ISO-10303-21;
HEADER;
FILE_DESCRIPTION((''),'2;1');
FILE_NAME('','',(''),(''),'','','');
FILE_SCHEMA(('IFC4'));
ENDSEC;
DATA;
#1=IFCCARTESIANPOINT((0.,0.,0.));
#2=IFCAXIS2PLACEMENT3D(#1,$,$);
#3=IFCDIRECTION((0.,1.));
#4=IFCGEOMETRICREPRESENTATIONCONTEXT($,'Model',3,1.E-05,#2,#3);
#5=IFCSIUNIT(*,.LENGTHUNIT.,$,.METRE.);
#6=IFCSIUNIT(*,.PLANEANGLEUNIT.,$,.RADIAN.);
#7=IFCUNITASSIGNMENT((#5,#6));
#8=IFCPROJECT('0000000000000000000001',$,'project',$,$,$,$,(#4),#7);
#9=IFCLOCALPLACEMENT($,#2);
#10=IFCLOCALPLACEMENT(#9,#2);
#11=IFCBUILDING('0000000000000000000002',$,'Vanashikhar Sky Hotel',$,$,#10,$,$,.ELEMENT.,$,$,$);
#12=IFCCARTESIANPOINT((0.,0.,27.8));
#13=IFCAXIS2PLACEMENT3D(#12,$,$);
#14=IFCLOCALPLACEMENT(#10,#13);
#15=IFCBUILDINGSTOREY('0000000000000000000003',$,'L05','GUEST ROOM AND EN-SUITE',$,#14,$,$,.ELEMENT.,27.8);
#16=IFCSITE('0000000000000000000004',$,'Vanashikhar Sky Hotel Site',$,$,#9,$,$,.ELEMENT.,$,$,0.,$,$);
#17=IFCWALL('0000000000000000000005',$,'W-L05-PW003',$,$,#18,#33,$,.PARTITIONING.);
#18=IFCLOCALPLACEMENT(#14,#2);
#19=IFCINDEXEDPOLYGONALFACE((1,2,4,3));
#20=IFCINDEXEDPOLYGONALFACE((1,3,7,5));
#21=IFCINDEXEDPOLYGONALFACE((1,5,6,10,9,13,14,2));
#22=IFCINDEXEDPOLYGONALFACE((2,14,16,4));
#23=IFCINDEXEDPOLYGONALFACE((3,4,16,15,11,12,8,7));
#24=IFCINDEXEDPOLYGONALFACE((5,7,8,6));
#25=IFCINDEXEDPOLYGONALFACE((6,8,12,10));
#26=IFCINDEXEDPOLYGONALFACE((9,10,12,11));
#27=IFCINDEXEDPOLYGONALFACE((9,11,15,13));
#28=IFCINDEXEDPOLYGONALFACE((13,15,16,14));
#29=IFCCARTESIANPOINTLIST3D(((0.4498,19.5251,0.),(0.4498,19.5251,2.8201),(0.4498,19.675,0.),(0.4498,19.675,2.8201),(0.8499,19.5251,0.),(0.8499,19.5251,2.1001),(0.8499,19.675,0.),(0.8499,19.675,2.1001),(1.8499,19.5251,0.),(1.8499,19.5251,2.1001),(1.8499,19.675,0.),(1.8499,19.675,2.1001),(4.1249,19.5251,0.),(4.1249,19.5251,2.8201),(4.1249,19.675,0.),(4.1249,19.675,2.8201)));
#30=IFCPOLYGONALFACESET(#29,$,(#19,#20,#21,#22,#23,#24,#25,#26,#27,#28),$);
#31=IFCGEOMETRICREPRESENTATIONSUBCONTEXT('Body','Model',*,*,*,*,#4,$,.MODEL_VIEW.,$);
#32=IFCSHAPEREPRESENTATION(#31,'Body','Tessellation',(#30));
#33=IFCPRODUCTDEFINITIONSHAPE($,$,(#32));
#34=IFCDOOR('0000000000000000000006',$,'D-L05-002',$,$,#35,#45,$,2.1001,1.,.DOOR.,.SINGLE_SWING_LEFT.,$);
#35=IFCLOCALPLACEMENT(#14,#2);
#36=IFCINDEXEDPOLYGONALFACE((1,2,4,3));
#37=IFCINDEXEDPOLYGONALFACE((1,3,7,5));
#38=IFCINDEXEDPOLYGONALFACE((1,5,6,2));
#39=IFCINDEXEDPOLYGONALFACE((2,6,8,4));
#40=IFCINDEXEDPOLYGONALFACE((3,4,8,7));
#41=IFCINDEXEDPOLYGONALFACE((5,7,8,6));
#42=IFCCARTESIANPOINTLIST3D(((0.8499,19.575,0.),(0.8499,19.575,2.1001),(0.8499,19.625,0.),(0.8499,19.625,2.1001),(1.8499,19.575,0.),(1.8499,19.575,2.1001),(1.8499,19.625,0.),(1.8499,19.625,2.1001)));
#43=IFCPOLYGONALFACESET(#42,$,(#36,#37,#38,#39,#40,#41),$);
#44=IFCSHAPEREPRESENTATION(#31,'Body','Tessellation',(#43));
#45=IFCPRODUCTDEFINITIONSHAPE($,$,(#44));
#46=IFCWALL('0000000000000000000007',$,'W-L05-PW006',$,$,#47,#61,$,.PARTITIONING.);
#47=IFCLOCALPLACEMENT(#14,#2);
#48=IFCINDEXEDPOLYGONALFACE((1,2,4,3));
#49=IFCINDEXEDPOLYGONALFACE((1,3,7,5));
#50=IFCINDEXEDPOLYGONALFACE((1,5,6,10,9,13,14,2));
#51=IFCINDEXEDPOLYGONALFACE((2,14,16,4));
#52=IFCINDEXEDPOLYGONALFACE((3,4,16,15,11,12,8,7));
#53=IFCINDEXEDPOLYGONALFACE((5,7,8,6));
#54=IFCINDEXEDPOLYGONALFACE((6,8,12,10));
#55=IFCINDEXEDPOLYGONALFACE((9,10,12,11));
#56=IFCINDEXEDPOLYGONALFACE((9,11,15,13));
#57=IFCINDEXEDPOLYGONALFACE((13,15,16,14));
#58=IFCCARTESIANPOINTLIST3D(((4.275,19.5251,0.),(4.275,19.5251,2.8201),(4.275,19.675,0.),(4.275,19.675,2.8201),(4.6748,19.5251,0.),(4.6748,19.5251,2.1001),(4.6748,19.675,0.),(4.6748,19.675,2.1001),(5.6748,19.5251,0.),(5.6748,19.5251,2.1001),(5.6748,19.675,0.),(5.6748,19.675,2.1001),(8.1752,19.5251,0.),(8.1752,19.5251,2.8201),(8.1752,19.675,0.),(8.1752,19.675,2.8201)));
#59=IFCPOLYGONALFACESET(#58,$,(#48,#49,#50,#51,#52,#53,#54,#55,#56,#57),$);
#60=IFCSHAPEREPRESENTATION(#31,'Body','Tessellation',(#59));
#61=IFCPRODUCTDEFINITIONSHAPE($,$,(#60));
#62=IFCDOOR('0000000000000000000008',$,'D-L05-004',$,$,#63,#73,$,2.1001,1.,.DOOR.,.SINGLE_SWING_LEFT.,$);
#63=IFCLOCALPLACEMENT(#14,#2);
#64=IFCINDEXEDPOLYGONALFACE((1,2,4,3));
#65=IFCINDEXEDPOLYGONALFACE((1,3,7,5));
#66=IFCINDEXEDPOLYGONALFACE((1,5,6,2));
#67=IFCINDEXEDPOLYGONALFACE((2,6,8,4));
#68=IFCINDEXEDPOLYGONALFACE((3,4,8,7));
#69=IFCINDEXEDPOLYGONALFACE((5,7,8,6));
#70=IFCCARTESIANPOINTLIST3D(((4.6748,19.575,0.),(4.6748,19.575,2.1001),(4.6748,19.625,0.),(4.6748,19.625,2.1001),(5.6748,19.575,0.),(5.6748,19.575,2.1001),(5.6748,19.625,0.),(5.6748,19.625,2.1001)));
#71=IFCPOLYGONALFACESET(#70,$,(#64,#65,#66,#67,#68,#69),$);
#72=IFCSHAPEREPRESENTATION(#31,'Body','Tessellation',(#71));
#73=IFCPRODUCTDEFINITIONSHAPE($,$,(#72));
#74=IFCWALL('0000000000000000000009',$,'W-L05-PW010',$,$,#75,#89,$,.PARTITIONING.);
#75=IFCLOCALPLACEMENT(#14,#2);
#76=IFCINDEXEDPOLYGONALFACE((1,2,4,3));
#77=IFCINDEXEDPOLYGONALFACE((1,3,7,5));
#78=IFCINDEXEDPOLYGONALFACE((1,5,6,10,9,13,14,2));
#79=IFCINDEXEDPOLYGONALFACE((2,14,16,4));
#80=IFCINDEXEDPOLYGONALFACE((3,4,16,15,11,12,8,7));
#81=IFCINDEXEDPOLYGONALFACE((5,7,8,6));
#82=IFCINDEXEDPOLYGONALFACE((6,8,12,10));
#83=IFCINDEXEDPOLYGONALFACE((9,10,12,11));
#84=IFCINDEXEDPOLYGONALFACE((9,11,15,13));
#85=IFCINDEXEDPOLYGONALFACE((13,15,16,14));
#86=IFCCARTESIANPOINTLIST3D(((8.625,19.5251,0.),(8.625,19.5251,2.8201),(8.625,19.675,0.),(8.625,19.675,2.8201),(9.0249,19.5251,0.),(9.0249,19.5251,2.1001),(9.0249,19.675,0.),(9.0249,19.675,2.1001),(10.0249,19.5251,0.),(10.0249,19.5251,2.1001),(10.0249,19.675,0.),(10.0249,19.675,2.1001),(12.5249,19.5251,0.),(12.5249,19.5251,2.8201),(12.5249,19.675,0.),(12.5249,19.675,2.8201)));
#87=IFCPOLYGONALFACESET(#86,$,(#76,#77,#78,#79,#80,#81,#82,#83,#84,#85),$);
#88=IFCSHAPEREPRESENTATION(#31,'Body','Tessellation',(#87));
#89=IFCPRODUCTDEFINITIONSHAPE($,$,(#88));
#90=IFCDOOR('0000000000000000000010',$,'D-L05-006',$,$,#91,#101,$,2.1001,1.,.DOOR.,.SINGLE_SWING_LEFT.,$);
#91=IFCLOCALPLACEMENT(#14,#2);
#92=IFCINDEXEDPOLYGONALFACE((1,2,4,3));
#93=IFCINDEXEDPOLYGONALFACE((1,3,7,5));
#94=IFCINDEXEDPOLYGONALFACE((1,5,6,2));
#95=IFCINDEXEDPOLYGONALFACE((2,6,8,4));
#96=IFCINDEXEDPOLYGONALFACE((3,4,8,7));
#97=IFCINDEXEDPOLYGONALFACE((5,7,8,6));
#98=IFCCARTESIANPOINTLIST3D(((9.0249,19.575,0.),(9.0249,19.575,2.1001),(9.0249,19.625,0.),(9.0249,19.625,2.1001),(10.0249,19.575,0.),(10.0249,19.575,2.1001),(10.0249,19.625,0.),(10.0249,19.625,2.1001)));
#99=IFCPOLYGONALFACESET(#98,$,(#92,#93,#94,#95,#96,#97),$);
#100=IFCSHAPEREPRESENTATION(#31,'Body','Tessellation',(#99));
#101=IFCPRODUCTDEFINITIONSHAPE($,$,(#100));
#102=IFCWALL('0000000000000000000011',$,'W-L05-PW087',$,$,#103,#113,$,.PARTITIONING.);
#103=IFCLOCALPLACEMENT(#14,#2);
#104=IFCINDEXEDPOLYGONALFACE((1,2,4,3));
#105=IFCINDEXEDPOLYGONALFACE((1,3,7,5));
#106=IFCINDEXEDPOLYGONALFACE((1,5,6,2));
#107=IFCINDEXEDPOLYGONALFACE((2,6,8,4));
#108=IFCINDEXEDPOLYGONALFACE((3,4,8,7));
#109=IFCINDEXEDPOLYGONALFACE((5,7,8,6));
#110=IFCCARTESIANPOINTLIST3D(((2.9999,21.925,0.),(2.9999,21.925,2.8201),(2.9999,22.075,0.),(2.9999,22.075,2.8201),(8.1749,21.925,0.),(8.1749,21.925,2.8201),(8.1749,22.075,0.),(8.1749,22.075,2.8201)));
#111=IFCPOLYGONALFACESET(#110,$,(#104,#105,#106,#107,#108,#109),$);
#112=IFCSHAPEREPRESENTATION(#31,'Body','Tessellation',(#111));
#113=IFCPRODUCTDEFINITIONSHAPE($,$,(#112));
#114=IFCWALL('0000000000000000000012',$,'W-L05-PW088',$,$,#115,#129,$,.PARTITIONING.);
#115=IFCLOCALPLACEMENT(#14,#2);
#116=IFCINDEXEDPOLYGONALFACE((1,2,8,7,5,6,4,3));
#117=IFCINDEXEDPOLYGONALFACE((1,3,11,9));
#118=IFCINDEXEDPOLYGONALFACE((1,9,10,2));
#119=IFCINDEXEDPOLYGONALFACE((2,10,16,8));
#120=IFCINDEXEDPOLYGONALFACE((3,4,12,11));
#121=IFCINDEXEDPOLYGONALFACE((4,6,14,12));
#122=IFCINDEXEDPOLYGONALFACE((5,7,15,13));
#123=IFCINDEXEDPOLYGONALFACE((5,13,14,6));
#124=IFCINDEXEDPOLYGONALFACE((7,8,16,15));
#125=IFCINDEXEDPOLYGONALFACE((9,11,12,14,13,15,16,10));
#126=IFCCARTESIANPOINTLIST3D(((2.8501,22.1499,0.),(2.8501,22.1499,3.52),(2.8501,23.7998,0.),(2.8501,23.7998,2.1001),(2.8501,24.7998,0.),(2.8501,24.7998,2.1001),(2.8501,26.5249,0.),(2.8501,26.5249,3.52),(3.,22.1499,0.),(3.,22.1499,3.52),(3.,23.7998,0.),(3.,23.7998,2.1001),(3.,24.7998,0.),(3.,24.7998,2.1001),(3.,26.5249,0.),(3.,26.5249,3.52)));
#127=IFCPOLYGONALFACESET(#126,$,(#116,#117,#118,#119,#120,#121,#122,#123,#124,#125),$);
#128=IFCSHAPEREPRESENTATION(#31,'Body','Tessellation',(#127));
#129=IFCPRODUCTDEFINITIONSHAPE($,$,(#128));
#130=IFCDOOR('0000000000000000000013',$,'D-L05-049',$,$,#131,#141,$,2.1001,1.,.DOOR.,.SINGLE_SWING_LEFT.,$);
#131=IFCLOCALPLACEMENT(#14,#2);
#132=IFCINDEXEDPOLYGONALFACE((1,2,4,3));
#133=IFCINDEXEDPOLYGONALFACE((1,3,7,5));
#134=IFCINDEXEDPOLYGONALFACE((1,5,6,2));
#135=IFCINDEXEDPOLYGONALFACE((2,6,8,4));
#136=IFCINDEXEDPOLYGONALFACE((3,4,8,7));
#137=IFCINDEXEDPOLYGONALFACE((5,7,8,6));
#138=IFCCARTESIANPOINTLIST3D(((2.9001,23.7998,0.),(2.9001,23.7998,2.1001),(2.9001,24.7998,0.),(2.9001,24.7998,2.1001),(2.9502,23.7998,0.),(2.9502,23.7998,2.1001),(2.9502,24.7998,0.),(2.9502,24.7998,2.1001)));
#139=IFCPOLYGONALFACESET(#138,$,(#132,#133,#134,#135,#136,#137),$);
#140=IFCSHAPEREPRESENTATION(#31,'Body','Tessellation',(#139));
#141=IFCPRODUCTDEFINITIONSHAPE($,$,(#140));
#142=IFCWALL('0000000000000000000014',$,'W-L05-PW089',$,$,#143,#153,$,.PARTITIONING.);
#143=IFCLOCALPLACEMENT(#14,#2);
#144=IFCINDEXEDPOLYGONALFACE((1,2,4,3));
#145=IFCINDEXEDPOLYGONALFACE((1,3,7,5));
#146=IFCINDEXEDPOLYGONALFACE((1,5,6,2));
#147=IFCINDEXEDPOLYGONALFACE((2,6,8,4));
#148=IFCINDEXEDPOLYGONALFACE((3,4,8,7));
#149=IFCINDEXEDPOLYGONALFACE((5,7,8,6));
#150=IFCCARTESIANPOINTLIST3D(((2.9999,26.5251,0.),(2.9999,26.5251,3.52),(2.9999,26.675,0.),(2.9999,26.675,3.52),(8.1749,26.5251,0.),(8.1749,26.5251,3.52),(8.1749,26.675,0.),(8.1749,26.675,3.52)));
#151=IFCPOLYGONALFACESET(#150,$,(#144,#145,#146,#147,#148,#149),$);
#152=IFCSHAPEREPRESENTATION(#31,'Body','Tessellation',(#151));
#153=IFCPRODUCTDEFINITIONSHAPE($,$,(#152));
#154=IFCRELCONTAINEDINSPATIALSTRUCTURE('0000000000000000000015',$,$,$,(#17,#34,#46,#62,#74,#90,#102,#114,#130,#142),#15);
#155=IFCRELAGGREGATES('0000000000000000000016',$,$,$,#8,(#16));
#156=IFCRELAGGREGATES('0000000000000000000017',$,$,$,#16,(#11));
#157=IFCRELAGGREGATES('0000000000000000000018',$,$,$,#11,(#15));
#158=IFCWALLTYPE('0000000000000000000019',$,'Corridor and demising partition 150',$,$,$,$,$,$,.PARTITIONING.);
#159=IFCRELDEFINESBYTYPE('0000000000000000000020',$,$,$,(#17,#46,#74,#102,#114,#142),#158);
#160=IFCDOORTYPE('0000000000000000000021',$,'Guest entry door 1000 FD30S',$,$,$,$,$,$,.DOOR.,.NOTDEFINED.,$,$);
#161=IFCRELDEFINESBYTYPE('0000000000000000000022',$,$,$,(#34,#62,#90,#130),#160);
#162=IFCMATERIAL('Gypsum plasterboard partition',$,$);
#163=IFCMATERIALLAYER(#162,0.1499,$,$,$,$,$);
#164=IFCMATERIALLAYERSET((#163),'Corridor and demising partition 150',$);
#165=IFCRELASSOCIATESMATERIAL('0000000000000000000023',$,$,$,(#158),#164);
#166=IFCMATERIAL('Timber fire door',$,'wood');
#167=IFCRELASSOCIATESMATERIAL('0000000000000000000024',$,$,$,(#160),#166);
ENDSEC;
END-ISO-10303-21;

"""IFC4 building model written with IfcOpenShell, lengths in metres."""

from ifc_helpers import new_model, si_unit, direction, frame, frame_2d, origin, place, context, subcontext, project, spatial, rectangle, extrude, source, transform, mapped, material, layer, layer_set, type_object, element, fill, save


model = new_model("IFC4")

# Units and contexts
model_context = context("Model", 3, precision=1e-05, world=origin(), true_north=direction((0.0, 1.0)))
body_context = subcontext(model_context, "Body", "Model", "MODEL_VIEW")
ifc_project = project(units=[si_unit("LENGTHUNIT", "METRE"), si_unit("PLANEANGLEUNIT", "RADIAN")], contexts=[model_context])

# Site, building, storey
site_placement = place(None, origin())
site = spatial("IfcSite", under=ifc_project, at=site_placement, Name="Vanashikhar Sky Hotel Site", CompositionType="ELEMENT", RefElevation=0.0)
building_placement = place(site_placement, origin())
building = spatial("IfcBuilding", under=site, at=building_placement, Name="Vanashikhar Sky Hotel", CompositionType="ELEMENT")
storey_placement = place(building_placement, frame((0.0, 0.0, 27.8)))
storey = spatial("IfcBuildingStorey", under=building, at=storey_placement, Name="L05", Description="GUEST ROOM AND EN-SUITE", CompositionType="ELEMENT", Elevation=27.8)

# Walls, openings, doors
ifc_material_1 = material(Name="Gypsum plasterboard partition")
ifc_layer_1 = layer(ifc_material_1, 0.1499)
ifc_layer_set_1 = layer_set([ifc_layer_1], Name="Corridor and demising partition 150")
wall_type_1 = type_object("IfcWallType", Name="Corridor and demising partition 150", PredefinedType="PARTITIONING", material=ifc_layer_set_1)
shared_shape_1 = source(origin(), body_context, "Body", "SweptSolid", [
    extrude(rectangle(XDim=3.675, YDim=0.1499, at=frame_2d((1.8374, 0.0))), origin(), (0.0, 0.0, 1.0), 2.8201),
])
wall_1_placement = place(storey_placement, frame((0.45, 19.6001, 0.0), z_axis=(0.0, 0.0, 1.0), x_axis=(1.0, 0.0, 0.0)))
wall_1 = element("IfcWall", 1, at=wall_1_placement, inside=storey, type_object=wall_type_1, Name="W-L05-PW003", PredefinedType="PARTITIONING", context=body_context, shape_type="MappedRepresentation", body=[
    mapped(shared_shape_1, transform((0.0, 0.0, 0.0), scale=1.0)),
])
shared_shape_2 = source(origin(), body_context, "Body", "SweptSolid", [
    extrude(rectangle(XDim=1.0, YDim=2.1001, at=frame_2d((0.5, 1.05))), frame((0.0, 0.085, 0.0), z_axis=(0.0, -1.0, 0.0), x_axis=(1.0, 0.0, 0.0)), (0.0, 0.0, 1.0), 0.1699),
])
opening_1_placement = place(wall_1_placement, frame((0.3999, 0.0, 0.0)))
opening_1 = element("IfcOpeningElement", 2, at=opening_1_placement, cuts=wall_1, PredefinedType="OPENING", context=body_context, shape_type="MappedRepresentation", body=[
    mapped(shared_shape_2, transform((0.0, 0.0, 0.0), scale=1.0)),
])
ifc_material_2 = material(Name="Timber fire door", Category="wood")
door_type = type_object("IfcDoorType", Name="Guest entry door 1000 FD30S", OperationType="NOTDEFINED", PredefinedType="DOOR", material=ifc_material_2)
shared_shape_3 = source(origin(), body_context, "Body", "SweptSolid", [
    extrude(rectangle(XDim=1.0, YDim=2.1001, at=frame_2d((0.5, 1.05))), frame((0.0, 0.0249, 0.0), z_axis=(0.0, -1.0, 0.0), x_axis=(1.0, 0.0, 0.0)), (0.0, 0.0, 1.0), 0.05),
])
door_1_placement = place(opening_1_placement, origin())
door_1 = element("IfcDoor", 3, at=door_1_placement, inside=storey, type_object=door_type, Name="D-L05-002", OperationType="SINGLE_SWING_LEFT", OverallHeight=2.1001, OverallWidth=1.0, PredefinedType="DOOR", context=body_context, shape_type="MappedRepresentation", body=[
    mapped(shared_shape_3, transform((0.0, 0.0, 0.0), scale=1.0)),
])
fill(opening_1, door_1)
shared_shape_4 = source(origin(), body_context, "Body", "SweptSolid", [
    extrude(rectangle(XDim=3.9001, YDim=0.1499, at=frame_2d((1.9502, 0.0))), origin(), (0.0, 0.0, 1.0), 2.8201),
])
wall_2_placement = place(storey_placement, frame((4.2749, 19.6001, 0.0), z_axis=(0.0, 0.0, 1.0), x_axis=(1.0, 0.0, 0.0)))
wall_2 = element("IfcWall", 4, at=wall_2_placement, inside=storey, type_object=wall_type_1, Name="W-L05-PW006", PredefinedType="PARTITIONING", context=body_context, shape_type="MappedRepresentation", body=[
    mapped(shared_shape_4, transform((0.0, 0.0, 0.0), scale=1.0)),
])
opening_2_placement = place(wall_2_placement, frame((0.3999, 0.0, 0.0)))
opening_2 = element("IfcOpeningElement", 5, at=opening_2_placement, cuts=wall_2, PredefinedType="OPENING", context=body_context, shape_type="MappedRepresentation", body=[
    mapped(shared_shape_2, transform((0.0, 0.0, 0.0), scale=1.0)),
])
door_2_placement = place(opening_2_placement, origin())
door_2 = element("IfcDoor", 6, at=door_2_placement, inside=storey, type_object=door_type, Name="D-L05-004", OperationType="SINGLE_SWING_LEFT", OverallHeight=2.1001, OverallWidth=1.0, PredefinedType="DOOR", context=body_context, shape_type="MappedRepresentation", body=[
    mapped(shared_shape_3, transform((0.0, 0.0, 0.0), scale=1.0)),
])
fill(opening_2, door_2)
shared_shape_5 = source(origin(), body_context, "Body", "SweptSolid", [
    extrude(rectangle(XDim=3.8999, YDim=0.1499, at=frame_2d((1.95, 0.0))), origin(), (0.0, 0.0, 1.0), 2.8201),
])
wall_3_placement = place(storey_placement, frame((8.625, 19.6001, 0.0), z_axis=(0.0, 0.0, 1.0), x_axis=(1.0, 0.0, 0.0)))
wall_3 = element("IfcWall", 7, at=wall_3_placement, inside=storey, type_object=wall_type_1, Name="W-L05-PW010", PredefinedType="PARTITIONING", context=body_context, shape_type="MappedRepresentation", body=[
    mapped(shared_shape_5, transform((0.0, 0.0, 0.0), scale=1.0)),
])
opening_3_placement = place(wall_3_placement, frame((0.3999, 0.0, 0.0)))
opening_3 = element("IfcOpeningElement", 8, at=opening_3_placement, cuts=wall_3, PredefinedType="OPENING", context=body_context, shape_type="MappedRepresentation", body=[
    mapped(shared_shape_2, transform((0.0, 0.0, 0.0), scale=1.0)),
])
door_3_placement = place(opening_3_placement, origin())
door_3 = element("IfcDoor", 9, at=door_3_placement, inside=storey, type_object=door_type, Name="D-L05-006", OperationType="SINGLE_SWING_LEFT", OverallHeight=2.1001, OverallWidth=1.0, PredefinedType="DOOR", context=body_context, shape_type="MappedRepresentation", body=[
    mapped(shared_shape_3, transform((0.0, 0.0, 0.0), scale=1.0)),
])
fill(opening_3, door_3)

# Wall
shared_shape_6 = source(origin(), body_context, "Body", "SweptSolid", [
    extrude(rectangle(XDim=5.175, YDim=0.1499, at=frame_2d((2.5874, 0.0))), origin(), (0.0, 0.0, 1.0), 2.8201),
])
wall_4_placement = place(storey_placement, frame((3.0, 22.0, 0.0), z_axis=(0.0, 0.0, 1.0), x_axis=(1.0, 0.0, 0.0)))
element("IfcWall", 10, at=wall_4_placement, inside=storey, type_object=wall_type_1, Name="W-L05-PW087", PredefinedType="PARTITIONING", context=body_context, shape_type="MappedRepresentation", body=[
    mapped(shared_shape_6, transform((0.0, 0.0, 0.0), scale=1.0)),
])

# Wall, opening, door
shared_shape_7 = source(origin(), body_context, "Body", "SweptSolid", [
    extrude(rectangle(XDim=4.375, YDim=0.1499, at=frame_2d((2.1875, 0.0))), origin(), (0.0, 0.0, 1.0), 3.52),
])
wall_5_placement = place(storey_placement, frame((2.925, 22.1499, 0.0), z_axis=(0.0, 0.0, 1.0), x_axis=(0.0, 1.0, 0.0)))
wall_5 = element("IfcWall", 11, at=wall_5_placement, inside=storey, type_object=wall_type_1, Name="W-L05-PW088", PredefinedType="PARTITIONING", context=body_context, shape_type="MappedRepresentation", body=[
    mapped(shared_shape_7, transform((0.0, 0.0, 0.0), scale=1.0)),
])
opening_4_placement = place(wall_5_placement, frame((1.6499, 0.0, 0.0)))
opening_4 = element("IfcOpeningElement", 12, at=opening_4_placement, cuts=wall_5, PredefinedType="OPENING", context=body_context, shape_type="MappedRepresentation", body=[
    mapped(shared_shape_2, transform((0.0, 0.0, 0.0), scale=1.0)),
])
door_4_placement = place(opening_4_placement, origin())
door_4 = element("IfcDoor", 13, at=door_4_placement, inside=storey, type_object=door_type, Name="D-L05-049", OperationType="SINGLE_SWING_LEFT", OverallHeight=2.1001, OverallWidth=1.0, PredefinedType="DOOR", context=body_context, shape_type="MappedRepresentation", body=[
    mapped(shared_shape_3, transform((0.0, 0.0, 0.0), scale=1.0)),
])
fill(opening_4, door_4)

# Wall
shared_shape_8 = source(origin(), body_context, "Body", "SweptSolid", [
    extrude(rectangle(XDim=5.175, YDim=0.1499, at=frame_2d((2.5874, 0.0))), origin(), (0.0, 0.0, 1.0), 3.52),
])
wall_6_placement = place(storey_placement, frame((3.0, 26.6001, 0.0), z_axis=(0.0, 0.0, 1.0), x_axis=(1.0, 0.0, 0.0)))
element("IfcWall", 14, at=wall_6_placement, inside=storey, type_object=wall_type_1, Name="W-L05-PW089", PredefinedType="PARTITIONING", context=body_context, shape_type="MappedRepresentation", body=[
    mapped(shared_shape_8, transform((0.0, 0.0, 0.0), scale=1.0)),
])

save(model, "model.ifc")
